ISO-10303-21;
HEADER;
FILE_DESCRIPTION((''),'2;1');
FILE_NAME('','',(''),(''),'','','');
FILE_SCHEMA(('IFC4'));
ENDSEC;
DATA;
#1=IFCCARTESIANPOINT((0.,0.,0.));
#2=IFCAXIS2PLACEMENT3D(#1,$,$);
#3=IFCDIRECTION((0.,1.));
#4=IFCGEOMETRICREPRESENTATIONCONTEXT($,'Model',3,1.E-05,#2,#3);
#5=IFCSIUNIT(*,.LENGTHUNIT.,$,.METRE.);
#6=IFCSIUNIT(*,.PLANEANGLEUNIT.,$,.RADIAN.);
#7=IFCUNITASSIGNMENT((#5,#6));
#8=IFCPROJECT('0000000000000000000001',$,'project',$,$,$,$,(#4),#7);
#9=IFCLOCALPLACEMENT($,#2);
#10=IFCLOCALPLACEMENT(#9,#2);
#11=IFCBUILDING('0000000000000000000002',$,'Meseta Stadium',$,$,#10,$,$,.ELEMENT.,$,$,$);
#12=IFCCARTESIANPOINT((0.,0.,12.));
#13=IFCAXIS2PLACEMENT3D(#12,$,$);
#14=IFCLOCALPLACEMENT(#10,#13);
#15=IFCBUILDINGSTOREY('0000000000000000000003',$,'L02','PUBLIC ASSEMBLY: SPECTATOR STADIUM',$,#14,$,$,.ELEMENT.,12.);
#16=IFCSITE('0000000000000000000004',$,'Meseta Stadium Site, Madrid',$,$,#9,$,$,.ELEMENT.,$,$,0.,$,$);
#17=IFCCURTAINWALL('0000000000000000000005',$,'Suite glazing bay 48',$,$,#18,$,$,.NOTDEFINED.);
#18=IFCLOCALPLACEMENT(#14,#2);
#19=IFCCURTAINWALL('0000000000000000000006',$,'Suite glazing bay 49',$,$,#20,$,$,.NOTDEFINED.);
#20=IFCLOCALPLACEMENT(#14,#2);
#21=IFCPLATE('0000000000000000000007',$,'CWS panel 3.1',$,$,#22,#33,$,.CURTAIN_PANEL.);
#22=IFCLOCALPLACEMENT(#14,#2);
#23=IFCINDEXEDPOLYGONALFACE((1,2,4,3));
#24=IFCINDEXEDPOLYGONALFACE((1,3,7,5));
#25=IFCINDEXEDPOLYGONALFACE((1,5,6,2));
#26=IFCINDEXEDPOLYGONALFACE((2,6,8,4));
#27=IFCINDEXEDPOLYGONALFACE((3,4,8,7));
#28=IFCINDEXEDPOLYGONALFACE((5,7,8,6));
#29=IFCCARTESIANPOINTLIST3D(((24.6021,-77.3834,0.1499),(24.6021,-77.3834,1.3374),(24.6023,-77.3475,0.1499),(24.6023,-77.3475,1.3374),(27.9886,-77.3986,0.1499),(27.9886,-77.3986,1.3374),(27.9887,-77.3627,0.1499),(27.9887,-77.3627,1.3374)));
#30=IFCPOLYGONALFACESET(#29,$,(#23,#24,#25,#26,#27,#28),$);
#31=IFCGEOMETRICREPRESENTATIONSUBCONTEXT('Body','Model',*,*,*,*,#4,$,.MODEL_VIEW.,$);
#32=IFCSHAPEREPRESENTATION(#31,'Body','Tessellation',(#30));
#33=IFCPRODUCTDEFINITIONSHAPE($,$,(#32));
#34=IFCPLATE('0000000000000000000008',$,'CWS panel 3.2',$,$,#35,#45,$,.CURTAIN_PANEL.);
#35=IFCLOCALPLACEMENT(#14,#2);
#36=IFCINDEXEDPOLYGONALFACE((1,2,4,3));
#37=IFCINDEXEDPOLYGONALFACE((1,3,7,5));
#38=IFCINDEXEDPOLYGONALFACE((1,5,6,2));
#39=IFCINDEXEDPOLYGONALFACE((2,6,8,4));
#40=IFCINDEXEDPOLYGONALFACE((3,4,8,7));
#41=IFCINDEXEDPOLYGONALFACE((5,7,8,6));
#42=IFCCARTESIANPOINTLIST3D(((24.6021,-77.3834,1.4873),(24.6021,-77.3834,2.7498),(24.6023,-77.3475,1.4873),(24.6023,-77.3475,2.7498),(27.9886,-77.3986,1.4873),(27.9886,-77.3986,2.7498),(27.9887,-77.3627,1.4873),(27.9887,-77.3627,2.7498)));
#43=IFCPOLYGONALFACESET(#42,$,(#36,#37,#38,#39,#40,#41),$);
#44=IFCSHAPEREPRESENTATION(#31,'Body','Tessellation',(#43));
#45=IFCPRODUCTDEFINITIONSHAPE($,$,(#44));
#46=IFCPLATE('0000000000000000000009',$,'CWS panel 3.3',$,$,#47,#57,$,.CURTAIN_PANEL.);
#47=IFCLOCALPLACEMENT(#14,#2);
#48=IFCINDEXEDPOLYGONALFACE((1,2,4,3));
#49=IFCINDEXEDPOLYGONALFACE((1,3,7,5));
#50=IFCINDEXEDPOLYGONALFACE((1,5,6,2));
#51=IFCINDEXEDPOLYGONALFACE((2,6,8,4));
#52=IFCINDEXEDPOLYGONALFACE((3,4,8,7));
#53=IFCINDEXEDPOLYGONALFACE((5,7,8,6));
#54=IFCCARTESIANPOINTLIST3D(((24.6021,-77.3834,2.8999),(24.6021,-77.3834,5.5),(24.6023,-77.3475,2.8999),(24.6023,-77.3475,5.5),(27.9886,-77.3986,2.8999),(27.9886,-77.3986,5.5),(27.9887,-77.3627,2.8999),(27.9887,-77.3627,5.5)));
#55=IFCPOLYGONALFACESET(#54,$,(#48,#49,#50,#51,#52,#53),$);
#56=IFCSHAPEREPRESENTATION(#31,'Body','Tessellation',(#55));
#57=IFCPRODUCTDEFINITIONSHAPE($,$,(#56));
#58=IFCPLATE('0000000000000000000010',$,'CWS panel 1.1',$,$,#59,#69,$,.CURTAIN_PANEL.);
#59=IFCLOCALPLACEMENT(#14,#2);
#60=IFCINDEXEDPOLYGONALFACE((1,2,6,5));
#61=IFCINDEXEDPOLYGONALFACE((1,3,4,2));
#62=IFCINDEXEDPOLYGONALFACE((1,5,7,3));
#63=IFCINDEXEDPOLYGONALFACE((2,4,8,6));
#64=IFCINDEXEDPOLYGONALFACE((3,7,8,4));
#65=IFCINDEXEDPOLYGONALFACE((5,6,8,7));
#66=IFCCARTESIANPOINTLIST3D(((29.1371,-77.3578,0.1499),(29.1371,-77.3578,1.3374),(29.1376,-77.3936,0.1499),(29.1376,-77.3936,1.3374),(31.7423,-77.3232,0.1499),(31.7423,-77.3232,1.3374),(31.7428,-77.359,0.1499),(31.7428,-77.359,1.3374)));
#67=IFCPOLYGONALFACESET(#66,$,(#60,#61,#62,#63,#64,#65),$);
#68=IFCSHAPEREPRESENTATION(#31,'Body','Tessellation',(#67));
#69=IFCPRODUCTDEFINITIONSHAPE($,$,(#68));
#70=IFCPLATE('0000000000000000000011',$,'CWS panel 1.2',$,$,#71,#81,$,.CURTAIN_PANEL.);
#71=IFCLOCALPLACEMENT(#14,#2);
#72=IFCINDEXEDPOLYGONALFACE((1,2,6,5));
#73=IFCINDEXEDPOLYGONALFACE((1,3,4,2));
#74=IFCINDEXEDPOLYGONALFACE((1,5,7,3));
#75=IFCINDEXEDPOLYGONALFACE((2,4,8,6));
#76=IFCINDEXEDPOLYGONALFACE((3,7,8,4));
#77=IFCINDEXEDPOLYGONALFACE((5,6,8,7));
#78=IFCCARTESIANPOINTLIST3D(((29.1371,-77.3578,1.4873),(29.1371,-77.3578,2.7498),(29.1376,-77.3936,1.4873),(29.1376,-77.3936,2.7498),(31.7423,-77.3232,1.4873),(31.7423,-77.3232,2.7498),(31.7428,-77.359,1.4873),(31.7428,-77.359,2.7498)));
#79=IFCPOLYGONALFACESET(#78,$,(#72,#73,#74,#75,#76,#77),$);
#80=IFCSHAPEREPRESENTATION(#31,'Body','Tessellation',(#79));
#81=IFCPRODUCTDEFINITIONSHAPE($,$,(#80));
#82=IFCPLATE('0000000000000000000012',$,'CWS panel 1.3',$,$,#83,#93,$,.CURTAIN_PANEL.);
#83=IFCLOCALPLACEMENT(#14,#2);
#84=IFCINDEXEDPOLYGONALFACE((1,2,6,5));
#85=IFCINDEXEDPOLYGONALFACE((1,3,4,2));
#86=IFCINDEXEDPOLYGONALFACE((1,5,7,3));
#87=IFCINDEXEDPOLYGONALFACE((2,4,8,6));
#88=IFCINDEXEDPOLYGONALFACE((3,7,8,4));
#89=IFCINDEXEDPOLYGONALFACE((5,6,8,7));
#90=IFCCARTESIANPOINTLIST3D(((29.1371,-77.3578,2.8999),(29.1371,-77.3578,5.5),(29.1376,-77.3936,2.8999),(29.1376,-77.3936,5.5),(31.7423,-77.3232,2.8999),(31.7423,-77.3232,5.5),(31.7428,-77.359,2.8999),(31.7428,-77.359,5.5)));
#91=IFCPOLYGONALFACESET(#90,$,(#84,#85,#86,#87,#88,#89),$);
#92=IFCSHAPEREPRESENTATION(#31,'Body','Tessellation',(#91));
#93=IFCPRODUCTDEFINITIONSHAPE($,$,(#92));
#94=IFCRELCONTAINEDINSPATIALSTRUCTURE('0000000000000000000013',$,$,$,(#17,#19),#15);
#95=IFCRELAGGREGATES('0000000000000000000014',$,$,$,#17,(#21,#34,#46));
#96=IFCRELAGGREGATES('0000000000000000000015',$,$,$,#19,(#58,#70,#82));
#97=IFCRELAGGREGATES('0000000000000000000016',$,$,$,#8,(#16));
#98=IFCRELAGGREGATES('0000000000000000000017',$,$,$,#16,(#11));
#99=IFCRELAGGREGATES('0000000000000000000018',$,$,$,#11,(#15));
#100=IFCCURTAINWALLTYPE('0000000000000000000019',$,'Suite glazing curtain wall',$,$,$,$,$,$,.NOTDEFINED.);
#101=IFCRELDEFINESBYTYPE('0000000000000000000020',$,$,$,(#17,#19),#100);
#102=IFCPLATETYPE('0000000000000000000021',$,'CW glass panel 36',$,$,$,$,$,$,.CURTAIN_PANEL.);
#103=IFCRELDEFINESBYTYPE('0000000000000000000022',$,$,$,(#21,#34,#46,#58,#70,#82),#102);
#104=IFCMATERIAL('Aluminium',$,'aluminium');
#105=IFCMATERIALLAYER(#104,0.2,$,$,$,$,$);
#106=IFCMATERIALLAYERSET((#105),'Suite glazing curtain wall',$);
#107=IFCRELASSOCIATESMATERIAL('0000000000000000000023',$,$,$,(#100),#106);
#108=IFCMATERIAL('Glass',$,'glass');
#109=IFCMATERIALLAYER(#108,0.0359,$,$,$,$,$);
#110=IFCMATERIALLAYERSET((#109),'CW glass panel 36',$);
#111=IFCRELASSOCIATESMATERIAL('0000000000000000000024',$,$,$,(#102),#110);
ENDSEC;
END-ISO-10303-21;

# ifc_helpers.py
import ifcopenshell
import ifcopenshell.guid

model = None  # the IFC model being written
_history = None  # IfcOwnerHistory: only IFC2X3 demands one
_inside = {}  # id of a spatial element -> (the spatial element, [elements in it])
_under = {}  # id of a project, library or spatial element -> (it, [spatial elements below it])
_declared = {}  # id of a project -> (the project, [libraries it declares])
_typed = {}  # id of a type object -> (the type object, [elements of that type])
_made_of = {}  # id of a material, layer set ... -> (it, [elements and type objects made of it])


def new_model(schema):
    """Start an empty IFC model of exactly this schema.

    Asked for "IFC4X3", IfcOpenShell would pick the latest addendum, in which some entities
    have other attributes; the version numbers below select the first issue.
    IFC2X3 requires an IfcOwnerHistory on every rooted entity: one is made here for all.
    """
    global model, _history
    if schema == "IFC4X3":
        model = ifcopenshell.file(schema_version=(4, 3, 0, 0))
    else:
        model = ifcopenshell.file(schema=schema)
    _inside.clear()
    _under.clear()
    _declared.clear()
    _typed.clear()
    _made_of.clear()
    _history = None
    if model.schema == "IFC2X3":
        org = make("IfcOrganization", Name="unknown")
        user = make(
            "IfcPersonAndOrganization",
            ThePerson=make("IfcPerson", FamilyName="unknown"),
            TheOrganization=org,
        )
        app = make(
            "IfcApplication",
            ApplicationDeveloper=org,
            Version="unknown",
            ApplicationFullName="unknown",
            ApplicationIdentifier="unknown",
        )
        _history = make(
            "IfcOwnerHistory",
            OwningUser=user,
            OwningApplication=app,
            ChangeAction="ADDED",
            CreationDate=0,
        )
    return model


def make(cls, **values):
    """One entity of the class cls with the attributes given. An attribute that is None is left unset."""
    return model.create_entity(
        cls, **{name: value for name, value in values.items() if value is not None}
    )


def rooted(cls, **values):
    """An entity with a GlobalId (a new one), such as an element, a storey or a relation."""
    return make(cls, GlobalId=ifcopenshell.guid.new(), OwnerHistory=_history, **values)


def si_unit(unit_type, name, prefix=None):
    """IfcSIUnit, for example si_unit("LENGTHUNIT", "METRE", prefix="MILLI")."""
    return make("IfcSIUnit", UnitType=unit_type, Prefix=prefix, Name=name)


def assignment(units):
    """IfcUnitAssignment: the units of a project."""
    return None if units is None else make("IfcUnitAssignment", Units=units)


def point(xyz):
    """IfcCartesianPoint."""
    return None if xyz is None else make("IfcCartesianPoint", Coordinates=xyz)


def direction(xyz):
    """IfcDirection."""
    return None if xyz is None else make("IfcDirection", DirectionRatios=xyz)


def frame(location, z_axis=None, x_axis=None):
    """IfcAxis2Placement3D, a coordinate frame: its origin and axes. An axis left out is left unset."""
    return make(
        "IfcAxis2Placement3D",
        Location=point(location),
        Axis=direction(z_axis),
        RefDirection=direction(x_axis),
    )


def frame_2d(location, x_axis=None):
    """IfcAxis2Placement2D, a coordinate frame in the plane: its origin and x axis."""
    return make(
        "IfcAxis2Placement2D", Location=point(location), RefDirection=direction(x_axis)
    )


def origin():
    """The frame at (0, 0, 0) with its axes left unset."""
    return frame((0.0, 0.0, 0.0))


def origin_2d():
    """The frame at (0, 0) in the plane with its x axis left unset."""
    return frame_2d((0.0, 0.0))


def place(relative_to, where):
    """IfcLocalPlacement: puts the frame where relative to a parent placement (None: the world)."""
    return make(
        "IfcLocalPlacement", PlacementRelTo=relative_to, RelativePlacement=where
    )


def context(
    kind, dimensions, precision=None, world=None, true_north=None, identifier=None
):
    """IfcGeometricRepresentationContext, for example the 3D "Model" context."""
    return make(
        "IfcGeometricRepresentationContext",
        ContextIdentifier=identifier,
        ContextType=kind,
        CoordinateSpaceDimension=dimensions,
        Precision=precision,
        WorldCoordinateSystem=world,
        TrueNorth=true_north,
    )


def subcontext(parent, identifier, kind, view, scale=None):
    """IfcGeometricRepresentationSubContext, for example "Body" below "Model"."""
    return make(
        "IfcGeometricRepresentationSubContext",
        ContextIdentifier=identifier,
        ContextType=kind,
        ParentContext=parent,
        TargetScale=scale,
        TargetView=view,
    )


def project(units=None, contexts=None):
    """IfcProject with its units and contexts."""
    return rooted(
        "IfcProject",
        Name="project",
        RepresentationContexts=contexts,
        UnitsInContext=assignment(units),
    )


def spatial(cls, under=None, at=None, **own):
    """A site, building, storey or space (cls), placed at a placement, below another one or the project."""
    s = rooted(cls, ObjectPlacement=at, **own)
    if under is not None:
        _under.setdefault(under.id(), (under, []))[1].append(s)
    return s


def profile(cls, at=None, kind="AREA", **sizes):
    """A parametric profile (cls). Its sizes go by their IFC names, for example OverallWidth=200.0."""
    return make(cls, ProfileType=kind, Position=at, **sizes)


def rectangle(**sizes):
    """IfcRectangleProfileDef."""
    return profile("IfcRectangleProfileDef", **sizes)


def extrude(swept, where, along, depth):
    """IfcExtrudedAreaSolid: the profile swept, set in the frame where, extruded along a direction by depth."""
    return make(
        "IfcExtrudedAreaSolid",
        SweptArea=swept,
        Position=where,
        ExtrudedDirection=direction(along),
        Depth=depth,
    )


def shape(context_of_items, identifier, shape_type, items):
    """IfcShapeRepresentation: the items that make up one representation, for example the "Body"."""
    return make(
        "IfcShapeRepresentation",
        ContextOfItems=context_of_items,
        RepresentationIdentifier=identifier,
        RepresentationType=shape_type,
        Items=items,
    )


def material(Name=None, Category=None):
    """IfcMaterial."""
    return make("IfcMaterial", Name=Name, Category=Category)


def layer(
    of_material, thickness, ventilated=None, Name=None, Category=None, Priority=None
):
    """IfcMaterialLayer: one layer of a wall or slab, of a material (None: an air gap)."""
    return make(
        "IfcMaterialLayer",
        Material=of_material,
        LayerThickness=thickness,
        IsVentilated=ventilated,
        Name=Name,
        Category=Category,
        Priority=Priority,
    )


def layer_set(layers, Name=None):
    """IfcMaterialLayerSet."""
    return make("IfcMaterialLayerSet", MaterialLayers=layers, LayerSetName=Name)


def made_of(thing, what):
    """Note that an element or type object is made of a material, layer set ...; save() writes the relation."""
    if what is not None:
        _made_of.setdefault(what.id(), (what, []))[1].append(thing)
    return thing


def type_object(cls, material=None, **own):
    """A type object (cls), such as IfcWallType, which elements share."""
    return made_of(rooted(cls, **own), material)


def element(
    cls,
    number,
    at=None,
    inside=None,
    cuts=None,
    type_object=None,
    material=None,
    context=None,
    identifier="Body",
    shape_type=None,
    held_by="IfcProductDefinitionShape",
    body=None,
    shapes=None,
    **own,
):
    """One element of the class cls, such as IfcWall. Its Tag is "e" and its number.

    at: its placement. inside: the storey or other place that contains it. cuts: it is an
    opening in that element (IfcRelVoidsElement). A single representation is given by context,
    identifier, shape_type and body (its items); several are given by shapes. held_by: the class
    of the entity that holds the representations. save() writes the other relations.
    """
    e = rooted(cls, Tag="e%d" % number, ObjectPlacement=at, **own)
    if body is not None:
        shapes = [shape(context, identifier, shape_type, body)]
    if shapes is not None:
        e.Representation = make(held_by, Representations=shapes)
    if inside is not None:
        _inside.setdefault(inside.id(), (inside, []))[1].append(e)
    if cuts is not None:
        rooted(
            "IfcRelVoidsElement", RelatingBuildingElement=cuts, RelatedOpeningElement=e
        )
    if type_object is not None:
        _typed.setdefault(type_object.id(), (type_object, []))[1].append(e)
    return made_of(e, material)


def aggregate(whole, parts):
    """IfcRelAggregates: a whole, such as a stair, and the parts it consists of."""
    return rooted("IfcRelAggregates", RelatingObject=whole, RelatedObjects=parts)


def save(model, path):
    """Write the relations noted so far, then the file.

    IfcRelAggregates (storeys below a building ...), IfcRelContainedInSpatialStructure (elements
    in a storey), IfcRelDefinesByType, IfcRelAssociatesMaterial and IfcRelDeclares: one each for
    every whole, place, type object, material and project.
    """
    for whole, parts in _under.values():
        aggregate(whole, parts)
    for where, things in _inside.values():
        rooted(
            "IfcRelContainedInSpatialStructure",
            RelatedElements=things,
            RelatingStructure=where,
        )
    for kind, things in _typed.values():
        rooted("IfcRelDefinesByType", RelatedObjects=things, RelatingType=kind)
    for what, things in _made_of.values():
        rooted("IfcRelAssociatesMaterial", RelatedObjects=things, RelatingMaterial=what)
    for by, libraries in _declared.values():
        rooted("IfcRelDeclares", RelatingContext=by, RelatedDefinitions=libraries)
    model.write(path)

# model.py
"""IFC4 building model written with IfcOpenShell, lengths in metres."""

from ifc_helpers import new_model, si_unit, direction, frame, origin, origin_2d, place, context, subcontext, project, spatial, rectangle, extrude, material, layer, layer_set, type_object, element, aggregate, save


model = new_model("IFC4")

# Units and contexts
model_context = context("Model", 3, precision=1e-05, world=origin(), true_north=direction((0.0, 1.0)))
body_context = subcontext(model_context, "Body", "Model", "MODEL_VIEW")
ifc_project = project(units=[si_unit("LENGTHUNIT", "METRE"), si_unit("PLANEANGLEUNIT", "RADIAN")], contexts=[model_context])

# Site, building, storey
site_placement = place(None, origin())
site = spatial("IfcSite", under=ifc_project, at=site_placement, Name="Meseta Stadium Site, Madrid", CompositionType="ELEMENT", RefElevation=0.0)
building_placement = place(site_placement, origin())
building = spatial("IfcBuilding", under=site, at=building_placement, Name="Meseta Stadium", CompositionType="ELEMENT")
storey_placement = place(building_placement, frame((0.0, 0.0, 12.0)))
storey = spatial("IfcBuildingStorey", under=building, at=storey_placement, Name="L02", Description="PUBLIC ASSEMBLY: SPECTATOR STADIUM", CompositionType="ELEMENT", Elevation=12.0)

# Curtain walls
ifc_material_1 = material(Name="Aluminium", Category="aluminium")
ifc_layer_1 = layer(ifc_material_1, 0.2)
ifc_layer_set_1 = layer_set([ifc_layer_1], Name="Suite glazing curtain wall")
curtain_wall_type = type_object("IfcCurtainWallType", Name="Suite glazing curtain wall", PredefinedType="NOTDEFINED", material=ifc_layer_set_1)
curtain_wall_1_placement = place(storey_placement, origin())
curtain_wall_1 = element("IfcCurtainWall", 1, at=curtain_wall_1_placement, inside=storey, type_object=curtain_wall_type, Name="Suite glazing bay 48", PredefinedType="NOTDEFINED")
curtain_wall_2_placement = place(storey_placement, origin())
curtain_wall_2 = element("IfcCurtainWall", 2, at=curtain_wall_2_placement, inside=storey, type_object=curtain_wall_type, Name="Suite glazing bay 49", PredefinedType="NOTDEFINED")

# Plates
ifc_material_2 = material(Name="Glass", Category="glass")
ifc_layer_2 = layer(ifc_material_2, 0.0359)
ifc_layer_set_2 = layer_set([ifc_layer_2], Name="CW glass panel 36")
plate_type = type_object("IfcPlateType", Name="CW glass panel 36", PredefinedType="CURTAIN_PANEL", material=ifc_layer_set_2)
plate_1_placement = place(storey_placement, frame((26.2954, -77.373, 0.1499), z_axis=(0.0, 0.0, 1.0), x_axis=(0.99999, -0.004469, 0.0)))
plate_1 = element("IfcPlate", 3, at=plate_1_placement, type_object=plate_type, Name="CWS panel 3.1", PredefinedType="CURTAIN_PANEL", context=body_context, shape_type="SweptSolid", body=[
    extrude(rectangle(XDim=3.3865, YDim=0.0359, at=origin_2d()), origin(), (0.0, 0.0, 1.0), 1.1875),
])
plate_2_placement = place(storey_placement, frame((26.2954, -77.373, 1.4873), z_axis=(0.0, 0.0, 1.0), x_axis=(0.99999, -0.004469, 0.0)))
plate_2 = element("IfcPlate", 4, at=plate_2_placement, type_object=plate_type, Name="CWS panel 3.2", PredefinedType="CURTAIN_PANEL", context=body_context, shape_type="SweptSolid", body=[
    extrude(rectangle(XDim=3.3865, YDim=0.0359, at=origin_2d()), origin(), (0.0, 0.0, 1.0), 1.2625),
])
plate_3_placement = place(storey_placement, frame((26.2954, -77.373, 2.8999), z_axis=(0.0, 0.0, 1.0), x_axis=(0.99999, -0.004469, 0.0)))
plate_3 = element("IfcPlate", 5, at=plate_3_placement, type_object=plate_type, Name="CWS panel 3.3", PredefinedType="CURTAIN_PANEL", context=body_context, shape_type="SweptSolid", body=[
    extrude(rectangle(XDim=3.3865, YDim=0.0359, at=origin_2d()), origin(), (0.0, 0.0, 1.0), 2.6001),
])
aggregate(curtain_wall_1, [plate_1, plate_2, plate_3])
plate_4_placement = place(storey_placement, frame((30.4399, -77.3584, 0.1499), z_axis=(0.0, 0.0, 1.0), x_axis=(0.999912, 0.013281, 0.0)))
plate_4 = element("IfcPlate", 6, at=plate_4_placement, type_object=plate_type, Name="CWS panel 1.1", PredefinedType="CURTAIN_PANEL", context=body_context, shape_type="SweptSolid", body=[
    extrude(rectangle(XDim=2.6055, YDim=0.0359, at=origin_2d()), origin(), (0.0, 0.0, 1.0), 1.1875),
])
plate_5_placement = place(storey_placement, frame((30.4399, -77.3584, 1.4873), z_axis=(0.0, 0.0, 1.0), x_axis=(0.999912, 0.013281, 0.0)))
plate_5 = element("IfcPlate", 7, at=plate_5_placement, type_object=plate_type, Name="CWS panel 1.2", PredefinedType="CURTAIN_PANEL", context=body_context, shape_type="SweptSolid", body=[
    extrude(rectangle(XDim=2.6055, YDim=0.0359, at=origin_2d()), origin(), (0.0, 0.0, 1.0), 1.2625),
])
plate_6_placement = place(storey_placement, frame((30.4399, -77.3584, 2.8999), z_axis=(0.0, 0.0, 1.0), x_axis=(0.999912, 0.013281, 0.0)))
plate_6 = element("IfcPlate", 8, at=plate_6_placement, type_object=plate_type, Name="CWS panel 1.3", PredefinedType="CURTAIN_PANEL", context=body_context, shape_type="SweptSolid", body=[
    extrude(rectangle(XDim=2.6055, YDim=0.0359, at=origin_2d()), origin(), (0.0, 0.0, 1.0), 2.6001),
])
aggregate(curtain_wall_2, [plate_4, plate_5, plate_6])

save(model, "model.ifc")
